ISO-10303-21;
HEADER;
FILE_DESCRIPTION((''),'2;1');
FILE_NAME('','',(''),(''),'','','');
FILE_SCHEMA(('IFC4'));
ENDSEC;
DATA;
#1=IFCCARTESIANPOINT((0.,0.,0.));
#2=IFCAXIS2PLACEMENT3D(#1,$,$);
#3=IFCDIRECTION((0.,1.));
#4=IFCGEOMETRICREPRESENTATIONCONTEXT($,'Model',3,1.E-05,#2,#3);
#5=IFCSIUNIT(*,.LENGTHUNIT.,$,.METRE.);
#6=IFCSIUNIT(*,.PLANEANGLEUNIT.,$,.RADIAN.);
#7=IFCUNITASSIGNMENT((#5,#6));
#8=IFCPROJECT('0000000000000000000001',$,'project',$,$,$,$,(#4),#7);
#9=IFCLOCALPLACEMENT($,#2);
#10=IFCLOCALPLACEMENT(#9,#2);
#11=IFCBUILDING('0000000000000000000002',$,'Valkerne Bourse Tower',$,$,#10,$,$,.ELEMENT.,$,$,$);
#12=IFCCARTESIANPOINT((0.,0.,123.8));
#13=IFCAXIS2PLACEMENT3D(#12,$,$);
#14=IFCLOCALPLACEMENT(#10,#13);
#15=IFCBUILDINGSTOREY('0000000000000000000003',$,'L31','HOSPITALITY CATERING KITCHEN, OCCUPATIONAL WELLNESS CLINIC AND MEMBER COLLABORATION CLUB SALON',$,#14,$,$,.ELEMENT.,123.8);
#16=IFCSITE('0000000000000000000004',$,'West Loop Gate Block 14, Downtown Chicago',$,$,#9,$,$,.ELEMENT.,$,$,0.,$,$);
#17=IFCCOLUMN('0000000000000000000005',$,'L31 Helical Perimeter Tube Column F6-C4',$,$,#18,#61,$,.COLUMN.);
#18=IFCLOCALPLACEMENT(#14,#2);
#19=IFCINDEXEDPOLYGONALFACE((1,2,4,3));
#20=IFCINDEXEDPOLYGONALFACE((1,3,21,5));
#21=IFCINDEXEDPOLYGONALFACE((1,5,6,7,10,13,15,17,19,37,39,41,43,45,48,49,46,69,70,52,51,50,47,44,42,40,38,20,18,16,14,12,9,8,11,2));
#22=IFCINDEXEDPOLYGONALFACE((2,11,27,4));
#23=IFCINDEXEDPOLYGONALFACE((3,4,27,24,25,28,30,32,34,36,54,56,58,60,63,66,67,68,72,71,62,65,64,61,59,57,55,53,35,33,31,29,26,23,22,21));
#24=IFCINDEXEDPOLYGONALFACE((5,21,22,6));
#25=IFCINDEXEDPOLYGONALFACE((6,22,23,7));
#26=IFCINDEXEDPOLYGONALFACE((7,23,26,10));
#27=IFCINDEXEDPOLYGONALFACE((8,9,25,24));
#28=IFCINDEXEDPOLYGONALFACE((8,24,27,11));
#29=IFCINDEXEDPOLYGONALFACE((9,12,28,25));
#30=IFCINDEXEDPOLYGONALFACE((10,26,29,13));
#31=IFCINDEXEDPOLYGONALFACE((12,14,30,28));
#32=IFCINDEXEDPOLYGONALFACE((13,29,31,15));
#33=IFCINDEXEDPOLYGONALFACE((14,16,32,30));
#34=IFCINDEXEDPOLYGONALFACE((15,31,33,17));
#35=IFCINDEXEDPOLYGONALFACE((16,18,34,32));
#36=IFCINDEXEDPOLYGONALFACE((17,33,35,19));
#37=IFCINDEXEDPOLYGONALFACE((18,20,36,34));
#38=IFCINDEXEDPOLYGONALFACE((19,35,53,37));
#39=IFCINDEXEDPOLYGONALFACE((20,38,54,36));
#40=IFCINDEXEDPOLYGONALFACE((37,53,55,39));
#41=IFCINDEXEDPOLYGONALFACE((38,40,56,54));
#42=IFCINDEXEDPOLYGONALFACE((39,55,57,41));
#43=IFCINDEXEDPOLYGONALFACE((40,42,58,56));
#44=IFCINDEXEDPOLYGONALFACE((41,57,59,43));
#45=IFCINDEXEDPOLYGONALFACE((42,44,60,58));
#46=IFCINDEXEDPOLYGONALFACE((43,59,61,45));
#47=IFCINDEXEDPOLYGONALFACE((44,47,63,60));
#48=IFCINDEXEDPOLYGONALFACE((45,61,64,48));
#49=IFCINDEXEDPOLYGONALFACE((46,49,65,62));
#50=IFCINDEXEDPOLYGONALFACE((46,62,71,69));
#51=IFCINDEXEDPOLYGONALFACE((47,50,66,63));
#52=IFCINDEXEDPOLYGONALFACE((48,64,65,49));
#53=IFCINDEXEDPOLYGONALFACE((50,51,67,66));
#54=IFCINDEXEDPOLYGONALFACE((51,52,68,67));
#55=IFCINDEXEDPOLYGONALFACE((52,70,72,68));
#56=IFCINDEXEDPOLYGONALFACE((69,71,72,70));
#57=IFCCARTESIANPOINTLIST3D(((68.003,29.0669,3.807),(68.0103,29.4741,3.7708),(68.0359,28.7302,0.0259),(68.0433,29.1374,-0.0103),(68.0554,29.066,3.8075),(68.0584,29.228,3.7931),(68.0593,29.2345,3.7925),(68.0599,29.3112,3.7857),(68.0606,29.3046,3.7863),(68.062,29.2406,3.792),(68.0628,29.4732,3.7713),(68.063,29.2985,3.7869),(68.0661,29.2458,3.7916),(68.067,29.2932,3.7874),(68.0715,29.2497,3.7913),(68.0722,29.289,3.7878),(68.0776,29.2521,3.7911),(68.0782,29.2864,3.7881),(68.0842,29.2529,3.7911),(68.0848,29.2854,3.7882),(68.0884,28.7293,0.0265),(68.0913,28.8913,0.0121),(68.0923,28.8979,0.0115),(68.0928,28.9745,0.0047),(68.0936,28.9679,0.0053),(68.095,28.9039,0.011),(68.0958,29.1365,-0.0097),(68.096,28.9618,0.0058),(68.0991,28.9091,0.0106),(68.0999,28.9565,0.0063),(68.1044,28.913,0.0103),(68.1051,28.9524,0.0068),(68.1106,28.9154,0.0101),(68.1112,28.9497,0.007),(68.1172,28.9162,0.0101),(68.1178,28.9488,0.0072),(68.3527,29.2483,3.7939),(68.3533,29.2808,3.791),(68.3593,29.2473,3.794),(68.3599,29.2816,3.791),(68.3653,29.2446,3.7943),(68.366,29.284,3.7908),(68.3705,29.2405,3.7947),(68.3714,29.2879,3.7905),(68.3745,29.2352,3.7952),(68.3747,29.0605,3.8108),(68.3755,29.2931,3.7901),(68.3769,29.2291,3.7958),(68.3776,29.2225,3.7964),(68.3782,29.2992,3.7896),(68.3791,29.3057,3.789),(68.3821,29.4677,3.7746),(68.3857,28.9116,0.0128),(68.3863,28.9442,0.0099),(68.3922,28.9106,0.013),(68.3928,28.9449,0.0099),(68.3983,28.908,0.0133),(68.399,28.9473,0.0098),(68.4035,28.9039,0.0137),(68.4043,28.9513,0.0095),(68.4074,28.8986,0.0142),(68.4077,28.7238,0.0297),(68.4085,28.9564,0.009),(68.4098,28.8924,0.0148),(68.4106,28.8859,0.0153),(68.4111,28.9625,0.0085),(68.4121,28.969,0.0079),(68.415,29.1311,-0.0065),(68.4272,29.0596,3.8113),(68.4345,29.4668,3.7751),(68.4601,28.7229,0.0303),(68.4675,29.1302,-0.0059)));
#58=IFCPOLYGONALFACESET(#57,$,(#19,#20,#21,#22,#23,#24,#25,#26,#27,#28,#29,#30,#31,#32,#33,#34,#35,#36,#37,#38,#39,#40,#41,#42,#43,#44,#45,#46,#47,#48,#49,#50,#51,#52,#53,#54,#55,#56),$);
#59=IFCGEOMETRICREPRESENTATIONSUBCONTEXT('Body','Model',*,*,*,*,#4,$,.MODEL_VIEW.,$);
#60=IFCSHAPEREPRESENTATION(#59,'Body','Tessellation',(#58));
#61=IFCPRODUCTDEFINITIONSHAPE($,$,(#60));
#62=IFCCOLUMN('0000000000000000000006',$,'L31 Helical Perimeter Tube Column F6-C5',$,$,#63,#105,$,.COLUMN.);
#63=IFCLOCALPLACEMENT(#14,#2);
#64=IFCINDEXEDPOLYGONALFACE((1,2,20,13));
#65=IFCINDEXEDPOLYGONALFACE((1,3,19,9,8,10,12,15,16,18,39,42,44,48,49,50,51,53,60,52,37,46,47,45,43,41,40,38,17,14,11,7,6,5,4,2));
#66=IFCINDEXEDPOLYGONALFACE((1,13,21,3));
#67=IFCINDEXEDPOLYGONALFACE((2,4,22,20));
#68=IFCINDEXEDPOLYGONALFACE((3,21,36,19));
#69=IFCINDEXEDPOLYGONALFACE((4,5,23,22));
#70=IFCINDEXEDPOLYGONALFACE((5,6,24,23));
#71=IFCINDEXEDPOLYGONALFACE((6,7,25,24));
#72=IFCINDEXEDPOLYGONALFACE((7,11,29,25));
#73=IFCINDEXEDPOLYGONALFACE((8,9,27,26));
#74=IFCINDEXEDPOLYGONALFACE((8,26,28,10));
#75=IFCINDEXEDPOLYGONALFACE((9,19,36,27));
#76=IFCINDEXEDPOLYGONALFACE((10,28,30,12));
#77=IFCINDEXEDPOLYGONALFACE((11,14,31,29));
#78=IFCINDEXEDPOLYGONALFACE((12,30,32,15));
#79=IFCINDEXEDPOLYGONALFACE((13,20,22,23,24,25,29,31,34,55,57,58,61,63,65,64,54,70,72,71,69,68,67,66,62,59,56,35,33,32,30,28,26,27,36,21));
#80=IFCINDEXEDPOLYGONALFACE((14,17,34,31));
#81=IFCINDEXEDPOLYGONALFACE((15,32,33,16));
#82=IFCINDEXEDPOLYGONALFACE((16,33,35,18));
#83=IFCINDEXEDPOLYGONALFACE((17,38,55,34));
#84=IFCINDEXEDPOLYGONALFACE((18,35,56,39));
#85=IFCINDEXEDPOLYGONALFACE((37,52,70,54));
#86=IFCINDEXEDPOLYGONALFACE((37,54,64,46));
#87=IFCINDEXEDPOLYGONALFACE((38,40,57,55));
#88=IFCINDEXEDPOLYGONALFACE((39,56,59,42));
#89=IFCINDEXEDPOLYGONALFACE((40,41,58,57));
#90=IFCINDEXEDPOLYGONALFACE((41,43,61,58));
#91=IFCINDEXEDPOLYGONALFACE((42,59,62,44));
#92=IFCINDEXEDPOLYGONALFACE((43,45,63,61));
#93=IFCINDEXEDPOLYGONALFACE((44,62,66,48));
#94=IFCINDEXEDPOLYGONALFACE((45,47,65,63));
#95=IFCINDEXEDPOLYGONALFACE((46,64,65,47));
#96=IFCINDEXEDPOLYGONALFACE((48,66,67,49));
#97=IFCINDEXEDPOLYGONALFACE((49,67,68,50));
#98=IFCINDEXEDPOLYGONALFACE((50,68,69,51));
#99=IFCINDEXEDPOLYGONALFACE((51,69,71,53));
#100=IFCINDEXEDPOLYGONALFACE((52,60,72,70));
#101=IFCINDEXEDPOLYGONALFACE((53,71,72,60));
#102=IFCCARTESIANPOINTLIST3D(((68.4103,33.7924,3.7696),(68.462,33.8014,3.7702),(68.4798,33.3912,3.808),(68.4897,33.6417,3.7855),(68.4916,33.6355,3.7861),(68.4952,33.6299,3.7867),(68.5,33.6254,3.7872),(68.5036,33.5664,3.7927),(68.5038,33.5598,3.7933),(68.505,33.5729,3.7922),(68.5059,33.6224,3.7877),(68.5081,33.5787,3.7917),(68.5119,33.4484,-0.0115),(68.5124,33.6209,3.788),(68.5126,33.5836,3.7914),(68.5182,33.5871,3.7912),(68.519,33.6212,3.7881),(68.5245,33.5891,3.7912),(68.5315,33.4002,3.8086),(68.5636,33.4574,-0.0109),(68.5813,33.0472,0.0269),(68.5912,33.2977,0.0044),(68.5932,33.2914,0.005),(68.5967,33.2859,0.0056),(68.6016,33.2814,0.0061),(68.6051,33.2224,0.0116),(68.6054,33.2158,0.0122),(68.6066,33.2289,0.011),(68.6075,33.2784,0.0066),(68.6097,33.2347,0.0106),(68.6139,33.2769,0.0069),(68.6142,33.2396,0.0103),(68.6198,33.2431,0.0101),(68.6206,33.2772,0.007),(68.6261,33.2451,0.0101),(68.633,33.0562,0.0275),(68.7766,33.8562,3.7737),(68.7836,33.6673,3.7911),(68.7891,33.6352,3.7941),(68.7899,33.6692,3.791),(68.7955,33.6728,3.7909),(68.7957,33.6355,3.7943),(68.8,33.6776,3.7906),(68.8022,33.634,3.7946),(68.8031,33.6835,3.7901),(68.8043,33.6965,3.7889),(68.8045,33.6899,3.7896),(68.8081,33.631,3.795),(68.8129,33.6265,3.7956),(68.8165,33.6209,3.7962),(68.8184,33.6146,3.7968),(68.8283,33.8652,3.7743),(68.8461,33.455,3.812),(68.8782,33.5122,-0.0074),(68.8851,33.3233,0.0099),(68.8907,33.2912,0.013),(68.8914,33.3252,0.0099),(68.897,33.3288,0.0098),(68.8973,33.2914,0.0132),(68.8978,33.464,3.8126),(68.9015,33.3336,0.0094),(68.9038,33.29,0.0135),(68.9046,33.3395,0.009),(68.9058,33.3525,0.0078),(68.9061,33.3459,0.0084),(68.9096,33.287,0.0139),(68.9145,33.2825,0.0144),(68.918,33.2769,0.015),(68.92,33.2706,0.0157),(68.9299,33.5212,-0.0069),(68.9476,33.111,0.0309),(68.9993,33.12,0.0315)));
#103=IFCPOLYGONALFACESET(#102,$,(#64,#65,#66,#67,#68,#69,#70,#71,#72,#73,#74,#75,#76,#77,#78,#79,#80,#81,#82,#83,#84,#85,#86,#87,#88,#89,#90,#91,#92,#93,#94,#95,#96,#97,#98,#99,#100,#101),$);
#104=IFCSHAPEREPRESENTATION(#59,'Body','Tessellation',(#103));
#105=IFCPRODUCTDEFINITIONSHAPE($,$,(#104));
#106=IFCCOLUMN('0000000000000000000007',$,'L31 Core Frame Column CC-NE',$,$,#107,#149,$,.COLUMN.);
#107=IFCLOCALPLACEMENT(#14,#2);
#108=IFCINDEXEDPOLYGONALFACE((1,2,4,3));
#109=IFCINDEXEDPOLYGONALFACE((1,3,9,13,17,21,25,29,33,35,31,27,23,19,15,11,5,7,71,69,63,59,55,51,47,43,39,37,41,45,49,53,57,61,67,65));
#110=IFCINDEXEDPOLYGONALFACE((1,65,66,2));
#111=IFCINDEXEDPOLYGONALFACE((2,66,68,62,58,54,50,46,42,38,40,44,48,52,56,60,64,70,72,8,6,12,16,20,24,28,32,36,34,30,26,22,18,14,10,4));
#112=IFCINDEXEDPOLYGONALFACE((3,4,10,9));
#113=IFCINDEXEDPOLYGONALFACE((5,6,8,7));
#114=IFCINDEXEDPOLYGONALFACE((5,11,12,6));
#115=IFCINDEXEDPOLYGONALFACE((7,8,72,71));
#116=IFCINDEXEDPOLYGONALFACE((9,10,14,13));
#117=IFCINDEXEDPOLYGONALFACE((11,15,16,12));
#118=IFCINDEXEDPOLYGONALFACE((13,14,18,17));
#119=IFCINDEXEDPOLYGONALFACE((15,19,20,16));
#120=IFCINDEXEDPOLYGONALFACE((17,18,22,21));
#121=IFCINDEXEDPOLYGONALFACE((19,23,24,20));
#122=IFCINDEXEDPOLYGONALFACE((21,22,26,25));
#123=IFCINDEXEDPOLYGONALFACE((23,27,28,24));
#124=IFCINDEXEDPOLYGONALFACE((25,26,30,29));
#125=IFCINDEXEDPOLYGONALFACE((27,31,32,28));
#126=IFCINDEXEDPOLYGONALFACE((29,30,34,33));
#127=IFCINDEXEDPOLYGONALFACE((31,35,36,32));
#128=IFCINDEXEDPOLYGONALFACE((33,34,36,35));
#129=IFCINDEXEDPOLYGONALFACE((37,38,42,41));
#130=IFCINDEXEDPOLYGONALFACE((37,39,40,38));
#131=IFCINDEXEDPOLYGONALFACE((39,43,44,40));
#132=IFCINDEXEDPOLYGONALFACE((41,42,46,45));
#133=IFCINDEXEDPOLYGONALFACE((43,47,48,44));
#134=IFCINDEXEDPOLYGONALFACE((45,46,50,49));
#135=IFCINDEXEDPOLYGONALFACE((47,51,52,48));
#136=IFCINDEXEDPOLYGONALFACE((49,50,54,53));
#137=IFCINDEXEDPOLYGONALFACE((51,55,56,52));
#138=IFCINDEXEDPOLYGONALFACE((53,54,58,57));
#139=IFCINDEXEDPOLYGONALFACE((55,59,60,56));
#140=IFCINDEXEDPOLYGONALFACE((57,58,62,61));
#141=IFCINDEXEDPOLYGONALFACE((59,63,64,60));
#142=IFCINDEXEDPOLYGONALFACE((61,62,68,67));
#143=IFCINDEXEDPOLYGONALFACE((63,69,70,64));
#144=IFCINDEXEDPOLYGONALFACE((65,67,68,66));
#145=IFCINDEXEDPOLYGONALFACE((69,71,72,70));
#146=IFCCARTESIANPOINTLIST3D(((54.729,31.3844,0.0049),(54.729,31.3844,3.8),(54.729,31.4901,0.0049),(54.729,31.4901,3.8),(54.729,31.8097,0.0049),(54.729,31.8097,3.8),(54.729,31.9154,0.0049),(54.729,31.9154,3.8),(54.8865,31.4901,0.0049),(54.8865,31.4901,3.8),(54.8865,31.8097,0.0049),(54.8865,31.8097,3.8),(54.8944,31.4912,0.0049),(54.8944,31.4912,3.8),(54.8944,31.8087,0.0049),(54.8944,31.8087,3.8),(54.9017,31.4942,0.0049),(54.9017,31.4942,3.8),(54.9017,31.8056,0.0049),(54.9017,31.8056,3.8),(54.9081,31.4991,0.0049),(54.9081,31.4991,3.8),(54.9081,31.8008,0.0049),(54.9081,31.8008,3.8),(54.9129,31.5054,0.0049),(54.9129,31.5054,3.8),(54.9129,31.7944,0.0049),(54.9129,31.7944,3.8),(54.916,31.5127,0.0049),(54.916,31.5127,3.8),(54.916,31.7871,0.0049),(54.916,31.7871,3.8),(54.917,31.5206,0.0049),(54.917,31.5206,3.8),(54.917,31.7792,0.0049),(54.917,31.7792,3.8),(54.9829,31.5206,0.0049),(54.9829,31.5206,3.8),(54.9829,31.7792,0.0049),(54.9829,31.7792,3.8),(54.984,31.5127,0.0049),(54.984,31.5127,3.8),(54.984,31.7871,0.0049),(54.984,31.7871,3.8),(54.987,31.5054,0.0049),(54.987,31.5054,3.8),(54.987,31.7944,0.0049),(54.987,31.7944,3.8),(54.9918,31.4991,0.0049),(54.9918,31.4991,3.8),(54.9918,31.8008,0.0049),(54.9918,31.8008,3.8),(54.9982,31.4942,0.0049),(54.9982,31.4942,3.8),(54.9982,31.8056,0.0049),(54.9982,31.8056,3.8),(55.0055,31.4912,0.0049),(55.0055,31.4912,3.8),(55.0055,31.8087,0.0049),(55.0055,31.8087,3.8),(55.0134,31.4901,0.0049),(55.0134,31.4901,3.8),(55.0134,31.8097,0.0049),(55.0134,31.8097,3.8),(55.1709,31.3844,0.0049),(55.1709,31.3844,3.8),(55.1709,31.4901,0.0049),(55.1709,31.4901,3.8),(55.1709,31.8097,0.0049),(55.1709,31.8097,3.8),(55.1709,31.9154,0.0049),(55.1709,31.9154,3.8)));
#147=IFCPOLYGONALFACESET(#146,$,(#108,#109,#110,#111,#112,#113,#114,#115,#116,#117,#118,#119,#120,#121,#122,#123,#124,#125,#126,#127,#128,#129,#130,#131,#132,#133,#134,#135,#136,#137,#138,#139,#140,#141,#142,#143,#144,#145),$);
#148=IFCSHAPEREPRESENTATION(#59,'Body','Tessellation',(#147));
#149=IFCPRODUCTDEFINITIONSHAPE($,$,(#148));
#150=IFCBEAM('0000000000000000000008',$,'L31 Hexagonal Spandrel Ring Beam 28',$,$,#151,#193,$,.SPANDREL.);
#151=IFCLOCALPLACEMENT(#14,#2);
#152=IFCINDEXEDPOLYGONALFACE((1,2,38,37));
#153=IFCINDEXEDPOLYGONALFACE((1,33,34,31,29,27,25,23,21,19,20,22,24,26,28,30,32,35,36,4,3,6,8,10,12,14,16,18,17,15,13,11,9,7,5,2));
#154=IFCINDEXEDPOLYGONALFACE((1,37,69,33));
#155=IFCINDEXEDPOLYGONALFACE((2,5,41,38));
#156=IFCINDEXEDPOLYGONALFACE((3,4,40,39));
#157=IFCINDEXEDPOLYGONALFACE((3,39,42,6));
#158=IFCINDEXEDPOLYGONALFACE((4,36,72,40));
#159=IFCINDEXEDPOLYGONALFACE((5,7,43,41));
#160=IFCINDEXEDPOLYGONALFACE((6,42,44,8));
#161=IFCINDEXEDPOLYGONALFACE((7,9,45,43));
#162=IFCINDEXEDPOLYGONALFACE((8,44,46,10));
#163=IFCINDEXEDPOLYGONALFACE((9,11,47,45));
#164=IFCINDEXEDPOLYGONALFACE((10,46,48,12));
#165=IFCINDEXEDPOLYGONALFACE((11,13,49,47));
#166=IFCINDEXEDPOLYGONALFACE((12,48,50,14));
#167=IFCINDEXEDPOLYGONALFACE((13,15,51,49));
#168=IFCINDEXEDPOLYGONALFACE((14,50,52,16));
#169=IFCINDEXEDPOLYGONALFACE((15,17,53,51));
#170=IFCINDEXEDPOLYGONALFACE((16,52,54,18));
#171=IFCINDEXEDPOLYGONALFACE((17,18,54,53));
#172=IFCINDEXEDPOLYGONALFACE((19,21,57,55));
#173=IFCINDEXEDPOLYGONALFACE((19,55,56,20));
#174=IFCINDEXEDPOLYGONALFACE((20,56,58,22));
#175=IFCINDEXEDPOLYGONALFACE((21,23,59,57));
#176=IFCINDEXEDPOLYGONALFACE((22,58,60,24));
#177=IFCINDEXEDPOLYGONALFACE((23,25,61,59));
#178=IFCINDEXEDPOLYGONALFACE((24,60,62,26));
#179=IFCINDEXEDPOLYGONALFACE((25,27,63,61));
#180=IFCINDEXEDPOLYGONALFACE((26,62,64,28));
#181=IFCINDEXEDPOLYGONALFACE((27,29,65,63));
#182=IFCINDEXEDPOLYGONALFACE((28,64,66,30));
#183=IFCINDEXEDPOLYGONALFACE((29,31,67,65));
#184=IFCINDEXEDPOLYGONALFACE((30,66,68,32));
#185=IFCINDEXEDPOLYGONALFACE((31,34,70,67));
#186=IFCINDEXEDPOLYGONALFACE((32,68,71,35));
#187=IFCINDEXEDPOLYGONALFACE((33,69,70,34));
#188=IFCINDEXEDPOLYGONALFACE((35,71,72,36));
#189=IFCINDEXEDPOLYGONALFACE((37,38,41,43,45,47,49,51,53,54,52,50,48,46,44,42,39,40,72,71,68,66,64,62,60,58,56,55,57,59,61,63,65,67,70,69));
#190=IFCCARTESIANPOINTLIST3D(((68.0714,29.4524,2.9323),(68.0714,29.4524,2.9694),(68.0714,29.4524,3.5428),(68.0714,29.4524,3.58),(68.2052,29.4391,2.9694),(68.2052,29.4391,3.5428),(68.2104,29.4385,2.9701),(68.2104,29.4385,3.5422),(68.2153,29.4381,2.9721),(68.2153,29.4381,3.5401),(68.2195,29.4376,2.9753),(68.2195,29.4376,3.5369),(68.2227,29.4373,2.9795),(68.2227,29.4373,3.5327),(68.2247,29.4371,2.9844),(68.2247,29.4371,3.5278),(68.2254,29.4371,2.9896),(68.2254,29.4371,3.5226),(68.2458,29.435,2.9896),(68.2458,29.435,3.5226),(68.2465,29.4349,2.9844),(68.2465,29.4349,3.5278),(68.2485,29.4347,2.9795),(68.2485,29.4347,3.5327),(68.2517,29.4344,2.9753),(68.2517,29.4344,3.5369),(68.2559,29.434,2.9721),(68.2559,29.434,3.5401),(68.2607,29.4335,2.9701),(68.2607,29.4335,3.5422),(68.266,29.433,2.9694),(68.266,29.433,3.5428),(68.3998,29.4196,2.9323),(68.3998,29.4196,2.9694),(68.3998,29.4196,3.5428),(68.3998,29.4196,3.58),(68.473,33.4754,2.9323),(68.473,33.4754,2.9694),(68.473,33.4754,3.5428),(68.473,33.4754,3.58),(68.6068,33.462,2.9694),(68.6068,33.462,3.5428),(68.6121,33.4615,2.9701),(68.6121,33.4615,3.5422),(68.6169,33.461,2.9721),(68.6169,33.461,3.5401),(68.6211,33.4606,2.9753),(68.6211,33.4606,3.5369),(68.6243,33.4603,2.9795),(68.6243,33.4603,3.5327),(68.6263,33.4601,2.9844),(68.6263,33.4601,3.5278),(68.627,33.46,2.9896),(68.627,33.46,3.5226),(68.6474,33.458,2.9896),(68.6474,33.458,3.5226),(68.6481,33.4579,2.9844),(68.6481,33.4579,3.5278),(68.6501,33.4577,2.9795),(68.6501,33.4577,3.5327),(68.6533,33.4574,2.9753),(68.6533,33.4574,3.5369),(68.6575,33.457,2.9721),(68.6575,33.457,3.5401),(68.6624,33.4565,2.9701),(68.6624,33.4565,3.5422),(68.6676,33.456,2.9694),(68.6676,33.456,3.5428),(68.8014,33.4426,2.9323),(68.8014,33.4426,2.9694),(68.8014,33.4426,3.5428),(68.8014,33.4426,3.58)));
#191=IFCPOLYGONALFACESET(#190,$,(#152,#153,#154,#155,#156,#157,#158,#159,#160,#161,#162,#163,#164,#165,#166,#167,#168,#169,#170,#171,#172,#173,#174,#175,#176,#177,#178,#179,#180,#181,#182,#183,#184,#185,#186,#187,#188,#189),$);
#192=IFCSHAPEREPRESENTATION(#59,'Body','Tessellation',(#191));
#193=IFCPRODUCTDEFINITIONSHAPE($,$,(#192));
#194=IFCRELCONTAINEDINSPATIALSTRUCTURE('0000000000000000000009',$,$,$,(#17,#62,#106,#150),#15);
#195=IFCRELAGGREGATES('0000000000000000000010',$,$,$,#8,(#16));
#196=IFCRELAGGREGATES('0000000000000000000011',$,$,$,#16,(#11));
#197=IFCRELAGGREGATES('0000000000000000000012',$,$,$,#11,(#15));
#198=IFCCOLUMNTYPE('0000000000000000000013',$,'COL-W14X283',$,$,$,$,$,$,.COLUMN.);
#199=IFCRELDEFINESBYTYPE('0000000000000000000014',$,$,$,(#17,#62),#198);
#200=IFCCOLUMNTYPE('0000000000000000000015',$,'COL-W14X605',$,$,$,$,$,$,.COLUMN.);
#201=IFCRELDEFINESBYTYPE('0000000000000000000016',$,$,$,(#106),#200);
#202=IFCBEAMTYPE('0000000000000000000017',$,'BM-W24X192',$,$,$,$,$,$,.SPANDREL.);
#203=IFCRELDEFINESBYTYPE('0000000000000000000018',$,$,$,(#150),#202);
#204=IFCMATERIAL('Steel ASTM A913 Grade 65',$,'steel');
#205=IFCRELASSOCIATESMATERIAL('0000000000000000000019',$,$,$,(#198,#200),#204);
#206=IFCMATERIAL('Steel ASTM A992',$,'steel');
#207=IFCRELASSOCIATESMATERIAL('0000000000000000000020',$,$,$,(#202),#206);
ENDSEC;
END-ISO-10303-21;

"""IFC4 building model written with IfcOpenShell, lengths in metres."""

from ifc_helpers import new_model, si_unit, direction, frame, origin, origin_2d, place, context, subcontext, project, spatial, i_section, extrude, material, material_profile, profile_set, type_object, element, save


model = new_model("IFC4")

# Units and contexts
model_context = context("Model", 3, precision=1e-05, world=origin(), true_north=direction((0.0, 1.0)))
body_context = subcontext(model_context, "Body", "Model", "MODEL_VIEW")
ifc_project = project(units=[si_unit("LENGTHUNIT", "METRE"), si_unit("PLANEANGLEUNIT", "RADIAN")], contexts=[model_context])

# Site, building, storey
site_placement = place(None, origin())
site = spatial("IfcSite", under=ifc_project, at=site_placement, Name="West Loop Gate Block 14, Downtown Chicago", CompositionType="ELEMENT", RefElevation=0.0)
building_placement = place(site_placement, origin())
building = spatial("IfcBuilding", under=site, at=building_placement, Name="Valkerne Bourse Tower", CompositionType="ELEMENT")
storey_placement = place(building_placement, frame((0.0, 0.0, 123.8)))
storey = spatial("IfcBuildingStorey", under=building, at=storey_placement, Name="L31", Description="HOSPITALITY CATERING KITCHEN, OCCUPATIONAL WELLNESS CLINIC AND MEMBER COLLABORATION CLUB SALON", CompositionType="ELEMENT", Elevation=123.8)

# Columns
ifc_material_1 = material(Name="Steel ASTM A913 Grade 65", Category="steel")
ifc_material_profile_1 = material_profile(ifc_material_1, i_section(OverallWidth=0.4089, OverallDepth=0.4243, WebThickness=0.0327, FlangeThickness=0.0525, FilletRadius=0.0254, at=origin_2d()), Name="W14X283")
ifc_profile_set_1 = profile_set([ifc_material_profile_1], Name="Steel ASTM A913 Grade 65")
column_type_1 = type_object("IfcColumnType", Name="COL-W14X283", PredefinedType="COLUMN", material=ifc_profile_set_1)
column_1_placement = place(storey_placement, frame((68.2517, 28.9302, 0.01), z_axis=(-0.008682, 0.088688, 0.996022), x_axis=(-0.01799, -0.995912, 0.088522)))
element("IfcColumn", 1, at=column_1_placement, inside=storey, type_object=column_type_1, Name="L31 Helical Perimeter Tube Column F6-C4", PredefinedType="COLUMN", context=body_context, shape_type="SweptSolid", body=[
    extrude(i_section(OverallWidth=0.4089, OverallDepth=0.4243, WebThickness=0.0327, FlangeThickness=0.0525, FilletRadius=0.0254, at=origin_2d()), origin(), (0.0, 0.0, 1.0), 3.7961),
])
column_2_placement = place(storey_placement, frame((68.7556, 33.2842, 0.01), z_axis=(-0.026741, 0.090573, 0.995531), x_axis=(0.169794, -0.981004, 0.093812)))
element("IfcColumn", 2, at=column_2_placement, inside=storey, type_object=column_type_1, Name="L31 Helical Perimeter Tube Column F6-C5", PredefinedType="COLUMN", context=body_context, shape_type="SweptSolid", body=[
    extrude(i_section(OverallWidth=0.4089, OverallDepth=0.4243, WebThickness=0.0327, FlangeThickness=0.0525, FilletRadius=0.0254, at=origin_2d()), origin(), (0.0, 0.0, 1.0), 3.7981),
])
ifc_material_profile_2 = material_profile(ifc_material_1, i_section(OverallWidth=0.4419, OverallDepth=0.531, WebThickness=0.0659, FlangeThickness=0.1057, FilletRadius=0.0305, at=origin_2d()), Name="W14X605")
ifc_profile_set_2 = profile_set([ifc_material_profile_2], Name="Steel ASTM A913 Grade 65")
column_type_2 = type_object("IfcColumnType", Name="COL-W14X605", PredefinedType="COLUMN", material=ifc_profile_set_2)
column_3_placement = place(storey_placement, frame((54.95, 31.6499, 0.0049), z_axis=(0.0, 0.0, 1.0), x_axis=(1.0, 0.0, 0.0)))
element("IfcColumn", 3, at=column_3_placement, inside=storey, type_object=column_type_2, Name="L31 Core Frame Column CC-NE", PredefinedType="COLUMN", context=body_context, shape_type="SweptSolid", body=[
    extrude(i_section(OverallWidth=0.4419, OverallDepth=0.531, WebThickness=0.0659, FlangeThickness=0.1057, FilletRadius=0.0305, at=origin_2d()), origin(), (0.0, 0.0, 1.0), 3.7952),
])

# Beam
ifc_material_2 = material(Name="Steel ASTM A992", Category="steel")
ifc_material_profile_3 = material_profile(ifc_material_2, i_section(OverallWidth=0.3301, OverallDepth=0.6477, WebThickness=0.0205, FlangeThickness=0.0371, FilletRadius=0.0203, at=origin_2d()), Name="W24X192")
ifc_profile_set_3 = profile_set([ifc_material_profile_3], Name="Steel ASTM A992")
beam_type_1 = type_object("IfcBeamType", Name="BM-W24X192", PredefinedType="SPANDREL", material=ifc_profile_set_3)
beam_1_placement = place(storey_placement, frame((68.2356, 29.436, 3.2561), z_axis=(0.099336, 0.995054, 0.0), x_axis=(-0.995054, 0.099336, 0.0)))
element("IfcBeam", 4, at=beam_1_placement, inside=storey, type_object=beam_type_1, Name="L31 Hexagonal Spandrel Ring Beam 28", PredefinedType="SPANDREL", context=body_context, shape_type="SweptSolid", body=[
    extrude(i_section(OverallWidth=0.3301, OverallDepth=0.6477, WebThickness=0.0205, FlangeThickness=0.0371, FilletRadius=0.0203, at=origin_2d()), origin(), (0.0, 0.0, 1.0), 4.043),
])

save(model, "model.ifc")
